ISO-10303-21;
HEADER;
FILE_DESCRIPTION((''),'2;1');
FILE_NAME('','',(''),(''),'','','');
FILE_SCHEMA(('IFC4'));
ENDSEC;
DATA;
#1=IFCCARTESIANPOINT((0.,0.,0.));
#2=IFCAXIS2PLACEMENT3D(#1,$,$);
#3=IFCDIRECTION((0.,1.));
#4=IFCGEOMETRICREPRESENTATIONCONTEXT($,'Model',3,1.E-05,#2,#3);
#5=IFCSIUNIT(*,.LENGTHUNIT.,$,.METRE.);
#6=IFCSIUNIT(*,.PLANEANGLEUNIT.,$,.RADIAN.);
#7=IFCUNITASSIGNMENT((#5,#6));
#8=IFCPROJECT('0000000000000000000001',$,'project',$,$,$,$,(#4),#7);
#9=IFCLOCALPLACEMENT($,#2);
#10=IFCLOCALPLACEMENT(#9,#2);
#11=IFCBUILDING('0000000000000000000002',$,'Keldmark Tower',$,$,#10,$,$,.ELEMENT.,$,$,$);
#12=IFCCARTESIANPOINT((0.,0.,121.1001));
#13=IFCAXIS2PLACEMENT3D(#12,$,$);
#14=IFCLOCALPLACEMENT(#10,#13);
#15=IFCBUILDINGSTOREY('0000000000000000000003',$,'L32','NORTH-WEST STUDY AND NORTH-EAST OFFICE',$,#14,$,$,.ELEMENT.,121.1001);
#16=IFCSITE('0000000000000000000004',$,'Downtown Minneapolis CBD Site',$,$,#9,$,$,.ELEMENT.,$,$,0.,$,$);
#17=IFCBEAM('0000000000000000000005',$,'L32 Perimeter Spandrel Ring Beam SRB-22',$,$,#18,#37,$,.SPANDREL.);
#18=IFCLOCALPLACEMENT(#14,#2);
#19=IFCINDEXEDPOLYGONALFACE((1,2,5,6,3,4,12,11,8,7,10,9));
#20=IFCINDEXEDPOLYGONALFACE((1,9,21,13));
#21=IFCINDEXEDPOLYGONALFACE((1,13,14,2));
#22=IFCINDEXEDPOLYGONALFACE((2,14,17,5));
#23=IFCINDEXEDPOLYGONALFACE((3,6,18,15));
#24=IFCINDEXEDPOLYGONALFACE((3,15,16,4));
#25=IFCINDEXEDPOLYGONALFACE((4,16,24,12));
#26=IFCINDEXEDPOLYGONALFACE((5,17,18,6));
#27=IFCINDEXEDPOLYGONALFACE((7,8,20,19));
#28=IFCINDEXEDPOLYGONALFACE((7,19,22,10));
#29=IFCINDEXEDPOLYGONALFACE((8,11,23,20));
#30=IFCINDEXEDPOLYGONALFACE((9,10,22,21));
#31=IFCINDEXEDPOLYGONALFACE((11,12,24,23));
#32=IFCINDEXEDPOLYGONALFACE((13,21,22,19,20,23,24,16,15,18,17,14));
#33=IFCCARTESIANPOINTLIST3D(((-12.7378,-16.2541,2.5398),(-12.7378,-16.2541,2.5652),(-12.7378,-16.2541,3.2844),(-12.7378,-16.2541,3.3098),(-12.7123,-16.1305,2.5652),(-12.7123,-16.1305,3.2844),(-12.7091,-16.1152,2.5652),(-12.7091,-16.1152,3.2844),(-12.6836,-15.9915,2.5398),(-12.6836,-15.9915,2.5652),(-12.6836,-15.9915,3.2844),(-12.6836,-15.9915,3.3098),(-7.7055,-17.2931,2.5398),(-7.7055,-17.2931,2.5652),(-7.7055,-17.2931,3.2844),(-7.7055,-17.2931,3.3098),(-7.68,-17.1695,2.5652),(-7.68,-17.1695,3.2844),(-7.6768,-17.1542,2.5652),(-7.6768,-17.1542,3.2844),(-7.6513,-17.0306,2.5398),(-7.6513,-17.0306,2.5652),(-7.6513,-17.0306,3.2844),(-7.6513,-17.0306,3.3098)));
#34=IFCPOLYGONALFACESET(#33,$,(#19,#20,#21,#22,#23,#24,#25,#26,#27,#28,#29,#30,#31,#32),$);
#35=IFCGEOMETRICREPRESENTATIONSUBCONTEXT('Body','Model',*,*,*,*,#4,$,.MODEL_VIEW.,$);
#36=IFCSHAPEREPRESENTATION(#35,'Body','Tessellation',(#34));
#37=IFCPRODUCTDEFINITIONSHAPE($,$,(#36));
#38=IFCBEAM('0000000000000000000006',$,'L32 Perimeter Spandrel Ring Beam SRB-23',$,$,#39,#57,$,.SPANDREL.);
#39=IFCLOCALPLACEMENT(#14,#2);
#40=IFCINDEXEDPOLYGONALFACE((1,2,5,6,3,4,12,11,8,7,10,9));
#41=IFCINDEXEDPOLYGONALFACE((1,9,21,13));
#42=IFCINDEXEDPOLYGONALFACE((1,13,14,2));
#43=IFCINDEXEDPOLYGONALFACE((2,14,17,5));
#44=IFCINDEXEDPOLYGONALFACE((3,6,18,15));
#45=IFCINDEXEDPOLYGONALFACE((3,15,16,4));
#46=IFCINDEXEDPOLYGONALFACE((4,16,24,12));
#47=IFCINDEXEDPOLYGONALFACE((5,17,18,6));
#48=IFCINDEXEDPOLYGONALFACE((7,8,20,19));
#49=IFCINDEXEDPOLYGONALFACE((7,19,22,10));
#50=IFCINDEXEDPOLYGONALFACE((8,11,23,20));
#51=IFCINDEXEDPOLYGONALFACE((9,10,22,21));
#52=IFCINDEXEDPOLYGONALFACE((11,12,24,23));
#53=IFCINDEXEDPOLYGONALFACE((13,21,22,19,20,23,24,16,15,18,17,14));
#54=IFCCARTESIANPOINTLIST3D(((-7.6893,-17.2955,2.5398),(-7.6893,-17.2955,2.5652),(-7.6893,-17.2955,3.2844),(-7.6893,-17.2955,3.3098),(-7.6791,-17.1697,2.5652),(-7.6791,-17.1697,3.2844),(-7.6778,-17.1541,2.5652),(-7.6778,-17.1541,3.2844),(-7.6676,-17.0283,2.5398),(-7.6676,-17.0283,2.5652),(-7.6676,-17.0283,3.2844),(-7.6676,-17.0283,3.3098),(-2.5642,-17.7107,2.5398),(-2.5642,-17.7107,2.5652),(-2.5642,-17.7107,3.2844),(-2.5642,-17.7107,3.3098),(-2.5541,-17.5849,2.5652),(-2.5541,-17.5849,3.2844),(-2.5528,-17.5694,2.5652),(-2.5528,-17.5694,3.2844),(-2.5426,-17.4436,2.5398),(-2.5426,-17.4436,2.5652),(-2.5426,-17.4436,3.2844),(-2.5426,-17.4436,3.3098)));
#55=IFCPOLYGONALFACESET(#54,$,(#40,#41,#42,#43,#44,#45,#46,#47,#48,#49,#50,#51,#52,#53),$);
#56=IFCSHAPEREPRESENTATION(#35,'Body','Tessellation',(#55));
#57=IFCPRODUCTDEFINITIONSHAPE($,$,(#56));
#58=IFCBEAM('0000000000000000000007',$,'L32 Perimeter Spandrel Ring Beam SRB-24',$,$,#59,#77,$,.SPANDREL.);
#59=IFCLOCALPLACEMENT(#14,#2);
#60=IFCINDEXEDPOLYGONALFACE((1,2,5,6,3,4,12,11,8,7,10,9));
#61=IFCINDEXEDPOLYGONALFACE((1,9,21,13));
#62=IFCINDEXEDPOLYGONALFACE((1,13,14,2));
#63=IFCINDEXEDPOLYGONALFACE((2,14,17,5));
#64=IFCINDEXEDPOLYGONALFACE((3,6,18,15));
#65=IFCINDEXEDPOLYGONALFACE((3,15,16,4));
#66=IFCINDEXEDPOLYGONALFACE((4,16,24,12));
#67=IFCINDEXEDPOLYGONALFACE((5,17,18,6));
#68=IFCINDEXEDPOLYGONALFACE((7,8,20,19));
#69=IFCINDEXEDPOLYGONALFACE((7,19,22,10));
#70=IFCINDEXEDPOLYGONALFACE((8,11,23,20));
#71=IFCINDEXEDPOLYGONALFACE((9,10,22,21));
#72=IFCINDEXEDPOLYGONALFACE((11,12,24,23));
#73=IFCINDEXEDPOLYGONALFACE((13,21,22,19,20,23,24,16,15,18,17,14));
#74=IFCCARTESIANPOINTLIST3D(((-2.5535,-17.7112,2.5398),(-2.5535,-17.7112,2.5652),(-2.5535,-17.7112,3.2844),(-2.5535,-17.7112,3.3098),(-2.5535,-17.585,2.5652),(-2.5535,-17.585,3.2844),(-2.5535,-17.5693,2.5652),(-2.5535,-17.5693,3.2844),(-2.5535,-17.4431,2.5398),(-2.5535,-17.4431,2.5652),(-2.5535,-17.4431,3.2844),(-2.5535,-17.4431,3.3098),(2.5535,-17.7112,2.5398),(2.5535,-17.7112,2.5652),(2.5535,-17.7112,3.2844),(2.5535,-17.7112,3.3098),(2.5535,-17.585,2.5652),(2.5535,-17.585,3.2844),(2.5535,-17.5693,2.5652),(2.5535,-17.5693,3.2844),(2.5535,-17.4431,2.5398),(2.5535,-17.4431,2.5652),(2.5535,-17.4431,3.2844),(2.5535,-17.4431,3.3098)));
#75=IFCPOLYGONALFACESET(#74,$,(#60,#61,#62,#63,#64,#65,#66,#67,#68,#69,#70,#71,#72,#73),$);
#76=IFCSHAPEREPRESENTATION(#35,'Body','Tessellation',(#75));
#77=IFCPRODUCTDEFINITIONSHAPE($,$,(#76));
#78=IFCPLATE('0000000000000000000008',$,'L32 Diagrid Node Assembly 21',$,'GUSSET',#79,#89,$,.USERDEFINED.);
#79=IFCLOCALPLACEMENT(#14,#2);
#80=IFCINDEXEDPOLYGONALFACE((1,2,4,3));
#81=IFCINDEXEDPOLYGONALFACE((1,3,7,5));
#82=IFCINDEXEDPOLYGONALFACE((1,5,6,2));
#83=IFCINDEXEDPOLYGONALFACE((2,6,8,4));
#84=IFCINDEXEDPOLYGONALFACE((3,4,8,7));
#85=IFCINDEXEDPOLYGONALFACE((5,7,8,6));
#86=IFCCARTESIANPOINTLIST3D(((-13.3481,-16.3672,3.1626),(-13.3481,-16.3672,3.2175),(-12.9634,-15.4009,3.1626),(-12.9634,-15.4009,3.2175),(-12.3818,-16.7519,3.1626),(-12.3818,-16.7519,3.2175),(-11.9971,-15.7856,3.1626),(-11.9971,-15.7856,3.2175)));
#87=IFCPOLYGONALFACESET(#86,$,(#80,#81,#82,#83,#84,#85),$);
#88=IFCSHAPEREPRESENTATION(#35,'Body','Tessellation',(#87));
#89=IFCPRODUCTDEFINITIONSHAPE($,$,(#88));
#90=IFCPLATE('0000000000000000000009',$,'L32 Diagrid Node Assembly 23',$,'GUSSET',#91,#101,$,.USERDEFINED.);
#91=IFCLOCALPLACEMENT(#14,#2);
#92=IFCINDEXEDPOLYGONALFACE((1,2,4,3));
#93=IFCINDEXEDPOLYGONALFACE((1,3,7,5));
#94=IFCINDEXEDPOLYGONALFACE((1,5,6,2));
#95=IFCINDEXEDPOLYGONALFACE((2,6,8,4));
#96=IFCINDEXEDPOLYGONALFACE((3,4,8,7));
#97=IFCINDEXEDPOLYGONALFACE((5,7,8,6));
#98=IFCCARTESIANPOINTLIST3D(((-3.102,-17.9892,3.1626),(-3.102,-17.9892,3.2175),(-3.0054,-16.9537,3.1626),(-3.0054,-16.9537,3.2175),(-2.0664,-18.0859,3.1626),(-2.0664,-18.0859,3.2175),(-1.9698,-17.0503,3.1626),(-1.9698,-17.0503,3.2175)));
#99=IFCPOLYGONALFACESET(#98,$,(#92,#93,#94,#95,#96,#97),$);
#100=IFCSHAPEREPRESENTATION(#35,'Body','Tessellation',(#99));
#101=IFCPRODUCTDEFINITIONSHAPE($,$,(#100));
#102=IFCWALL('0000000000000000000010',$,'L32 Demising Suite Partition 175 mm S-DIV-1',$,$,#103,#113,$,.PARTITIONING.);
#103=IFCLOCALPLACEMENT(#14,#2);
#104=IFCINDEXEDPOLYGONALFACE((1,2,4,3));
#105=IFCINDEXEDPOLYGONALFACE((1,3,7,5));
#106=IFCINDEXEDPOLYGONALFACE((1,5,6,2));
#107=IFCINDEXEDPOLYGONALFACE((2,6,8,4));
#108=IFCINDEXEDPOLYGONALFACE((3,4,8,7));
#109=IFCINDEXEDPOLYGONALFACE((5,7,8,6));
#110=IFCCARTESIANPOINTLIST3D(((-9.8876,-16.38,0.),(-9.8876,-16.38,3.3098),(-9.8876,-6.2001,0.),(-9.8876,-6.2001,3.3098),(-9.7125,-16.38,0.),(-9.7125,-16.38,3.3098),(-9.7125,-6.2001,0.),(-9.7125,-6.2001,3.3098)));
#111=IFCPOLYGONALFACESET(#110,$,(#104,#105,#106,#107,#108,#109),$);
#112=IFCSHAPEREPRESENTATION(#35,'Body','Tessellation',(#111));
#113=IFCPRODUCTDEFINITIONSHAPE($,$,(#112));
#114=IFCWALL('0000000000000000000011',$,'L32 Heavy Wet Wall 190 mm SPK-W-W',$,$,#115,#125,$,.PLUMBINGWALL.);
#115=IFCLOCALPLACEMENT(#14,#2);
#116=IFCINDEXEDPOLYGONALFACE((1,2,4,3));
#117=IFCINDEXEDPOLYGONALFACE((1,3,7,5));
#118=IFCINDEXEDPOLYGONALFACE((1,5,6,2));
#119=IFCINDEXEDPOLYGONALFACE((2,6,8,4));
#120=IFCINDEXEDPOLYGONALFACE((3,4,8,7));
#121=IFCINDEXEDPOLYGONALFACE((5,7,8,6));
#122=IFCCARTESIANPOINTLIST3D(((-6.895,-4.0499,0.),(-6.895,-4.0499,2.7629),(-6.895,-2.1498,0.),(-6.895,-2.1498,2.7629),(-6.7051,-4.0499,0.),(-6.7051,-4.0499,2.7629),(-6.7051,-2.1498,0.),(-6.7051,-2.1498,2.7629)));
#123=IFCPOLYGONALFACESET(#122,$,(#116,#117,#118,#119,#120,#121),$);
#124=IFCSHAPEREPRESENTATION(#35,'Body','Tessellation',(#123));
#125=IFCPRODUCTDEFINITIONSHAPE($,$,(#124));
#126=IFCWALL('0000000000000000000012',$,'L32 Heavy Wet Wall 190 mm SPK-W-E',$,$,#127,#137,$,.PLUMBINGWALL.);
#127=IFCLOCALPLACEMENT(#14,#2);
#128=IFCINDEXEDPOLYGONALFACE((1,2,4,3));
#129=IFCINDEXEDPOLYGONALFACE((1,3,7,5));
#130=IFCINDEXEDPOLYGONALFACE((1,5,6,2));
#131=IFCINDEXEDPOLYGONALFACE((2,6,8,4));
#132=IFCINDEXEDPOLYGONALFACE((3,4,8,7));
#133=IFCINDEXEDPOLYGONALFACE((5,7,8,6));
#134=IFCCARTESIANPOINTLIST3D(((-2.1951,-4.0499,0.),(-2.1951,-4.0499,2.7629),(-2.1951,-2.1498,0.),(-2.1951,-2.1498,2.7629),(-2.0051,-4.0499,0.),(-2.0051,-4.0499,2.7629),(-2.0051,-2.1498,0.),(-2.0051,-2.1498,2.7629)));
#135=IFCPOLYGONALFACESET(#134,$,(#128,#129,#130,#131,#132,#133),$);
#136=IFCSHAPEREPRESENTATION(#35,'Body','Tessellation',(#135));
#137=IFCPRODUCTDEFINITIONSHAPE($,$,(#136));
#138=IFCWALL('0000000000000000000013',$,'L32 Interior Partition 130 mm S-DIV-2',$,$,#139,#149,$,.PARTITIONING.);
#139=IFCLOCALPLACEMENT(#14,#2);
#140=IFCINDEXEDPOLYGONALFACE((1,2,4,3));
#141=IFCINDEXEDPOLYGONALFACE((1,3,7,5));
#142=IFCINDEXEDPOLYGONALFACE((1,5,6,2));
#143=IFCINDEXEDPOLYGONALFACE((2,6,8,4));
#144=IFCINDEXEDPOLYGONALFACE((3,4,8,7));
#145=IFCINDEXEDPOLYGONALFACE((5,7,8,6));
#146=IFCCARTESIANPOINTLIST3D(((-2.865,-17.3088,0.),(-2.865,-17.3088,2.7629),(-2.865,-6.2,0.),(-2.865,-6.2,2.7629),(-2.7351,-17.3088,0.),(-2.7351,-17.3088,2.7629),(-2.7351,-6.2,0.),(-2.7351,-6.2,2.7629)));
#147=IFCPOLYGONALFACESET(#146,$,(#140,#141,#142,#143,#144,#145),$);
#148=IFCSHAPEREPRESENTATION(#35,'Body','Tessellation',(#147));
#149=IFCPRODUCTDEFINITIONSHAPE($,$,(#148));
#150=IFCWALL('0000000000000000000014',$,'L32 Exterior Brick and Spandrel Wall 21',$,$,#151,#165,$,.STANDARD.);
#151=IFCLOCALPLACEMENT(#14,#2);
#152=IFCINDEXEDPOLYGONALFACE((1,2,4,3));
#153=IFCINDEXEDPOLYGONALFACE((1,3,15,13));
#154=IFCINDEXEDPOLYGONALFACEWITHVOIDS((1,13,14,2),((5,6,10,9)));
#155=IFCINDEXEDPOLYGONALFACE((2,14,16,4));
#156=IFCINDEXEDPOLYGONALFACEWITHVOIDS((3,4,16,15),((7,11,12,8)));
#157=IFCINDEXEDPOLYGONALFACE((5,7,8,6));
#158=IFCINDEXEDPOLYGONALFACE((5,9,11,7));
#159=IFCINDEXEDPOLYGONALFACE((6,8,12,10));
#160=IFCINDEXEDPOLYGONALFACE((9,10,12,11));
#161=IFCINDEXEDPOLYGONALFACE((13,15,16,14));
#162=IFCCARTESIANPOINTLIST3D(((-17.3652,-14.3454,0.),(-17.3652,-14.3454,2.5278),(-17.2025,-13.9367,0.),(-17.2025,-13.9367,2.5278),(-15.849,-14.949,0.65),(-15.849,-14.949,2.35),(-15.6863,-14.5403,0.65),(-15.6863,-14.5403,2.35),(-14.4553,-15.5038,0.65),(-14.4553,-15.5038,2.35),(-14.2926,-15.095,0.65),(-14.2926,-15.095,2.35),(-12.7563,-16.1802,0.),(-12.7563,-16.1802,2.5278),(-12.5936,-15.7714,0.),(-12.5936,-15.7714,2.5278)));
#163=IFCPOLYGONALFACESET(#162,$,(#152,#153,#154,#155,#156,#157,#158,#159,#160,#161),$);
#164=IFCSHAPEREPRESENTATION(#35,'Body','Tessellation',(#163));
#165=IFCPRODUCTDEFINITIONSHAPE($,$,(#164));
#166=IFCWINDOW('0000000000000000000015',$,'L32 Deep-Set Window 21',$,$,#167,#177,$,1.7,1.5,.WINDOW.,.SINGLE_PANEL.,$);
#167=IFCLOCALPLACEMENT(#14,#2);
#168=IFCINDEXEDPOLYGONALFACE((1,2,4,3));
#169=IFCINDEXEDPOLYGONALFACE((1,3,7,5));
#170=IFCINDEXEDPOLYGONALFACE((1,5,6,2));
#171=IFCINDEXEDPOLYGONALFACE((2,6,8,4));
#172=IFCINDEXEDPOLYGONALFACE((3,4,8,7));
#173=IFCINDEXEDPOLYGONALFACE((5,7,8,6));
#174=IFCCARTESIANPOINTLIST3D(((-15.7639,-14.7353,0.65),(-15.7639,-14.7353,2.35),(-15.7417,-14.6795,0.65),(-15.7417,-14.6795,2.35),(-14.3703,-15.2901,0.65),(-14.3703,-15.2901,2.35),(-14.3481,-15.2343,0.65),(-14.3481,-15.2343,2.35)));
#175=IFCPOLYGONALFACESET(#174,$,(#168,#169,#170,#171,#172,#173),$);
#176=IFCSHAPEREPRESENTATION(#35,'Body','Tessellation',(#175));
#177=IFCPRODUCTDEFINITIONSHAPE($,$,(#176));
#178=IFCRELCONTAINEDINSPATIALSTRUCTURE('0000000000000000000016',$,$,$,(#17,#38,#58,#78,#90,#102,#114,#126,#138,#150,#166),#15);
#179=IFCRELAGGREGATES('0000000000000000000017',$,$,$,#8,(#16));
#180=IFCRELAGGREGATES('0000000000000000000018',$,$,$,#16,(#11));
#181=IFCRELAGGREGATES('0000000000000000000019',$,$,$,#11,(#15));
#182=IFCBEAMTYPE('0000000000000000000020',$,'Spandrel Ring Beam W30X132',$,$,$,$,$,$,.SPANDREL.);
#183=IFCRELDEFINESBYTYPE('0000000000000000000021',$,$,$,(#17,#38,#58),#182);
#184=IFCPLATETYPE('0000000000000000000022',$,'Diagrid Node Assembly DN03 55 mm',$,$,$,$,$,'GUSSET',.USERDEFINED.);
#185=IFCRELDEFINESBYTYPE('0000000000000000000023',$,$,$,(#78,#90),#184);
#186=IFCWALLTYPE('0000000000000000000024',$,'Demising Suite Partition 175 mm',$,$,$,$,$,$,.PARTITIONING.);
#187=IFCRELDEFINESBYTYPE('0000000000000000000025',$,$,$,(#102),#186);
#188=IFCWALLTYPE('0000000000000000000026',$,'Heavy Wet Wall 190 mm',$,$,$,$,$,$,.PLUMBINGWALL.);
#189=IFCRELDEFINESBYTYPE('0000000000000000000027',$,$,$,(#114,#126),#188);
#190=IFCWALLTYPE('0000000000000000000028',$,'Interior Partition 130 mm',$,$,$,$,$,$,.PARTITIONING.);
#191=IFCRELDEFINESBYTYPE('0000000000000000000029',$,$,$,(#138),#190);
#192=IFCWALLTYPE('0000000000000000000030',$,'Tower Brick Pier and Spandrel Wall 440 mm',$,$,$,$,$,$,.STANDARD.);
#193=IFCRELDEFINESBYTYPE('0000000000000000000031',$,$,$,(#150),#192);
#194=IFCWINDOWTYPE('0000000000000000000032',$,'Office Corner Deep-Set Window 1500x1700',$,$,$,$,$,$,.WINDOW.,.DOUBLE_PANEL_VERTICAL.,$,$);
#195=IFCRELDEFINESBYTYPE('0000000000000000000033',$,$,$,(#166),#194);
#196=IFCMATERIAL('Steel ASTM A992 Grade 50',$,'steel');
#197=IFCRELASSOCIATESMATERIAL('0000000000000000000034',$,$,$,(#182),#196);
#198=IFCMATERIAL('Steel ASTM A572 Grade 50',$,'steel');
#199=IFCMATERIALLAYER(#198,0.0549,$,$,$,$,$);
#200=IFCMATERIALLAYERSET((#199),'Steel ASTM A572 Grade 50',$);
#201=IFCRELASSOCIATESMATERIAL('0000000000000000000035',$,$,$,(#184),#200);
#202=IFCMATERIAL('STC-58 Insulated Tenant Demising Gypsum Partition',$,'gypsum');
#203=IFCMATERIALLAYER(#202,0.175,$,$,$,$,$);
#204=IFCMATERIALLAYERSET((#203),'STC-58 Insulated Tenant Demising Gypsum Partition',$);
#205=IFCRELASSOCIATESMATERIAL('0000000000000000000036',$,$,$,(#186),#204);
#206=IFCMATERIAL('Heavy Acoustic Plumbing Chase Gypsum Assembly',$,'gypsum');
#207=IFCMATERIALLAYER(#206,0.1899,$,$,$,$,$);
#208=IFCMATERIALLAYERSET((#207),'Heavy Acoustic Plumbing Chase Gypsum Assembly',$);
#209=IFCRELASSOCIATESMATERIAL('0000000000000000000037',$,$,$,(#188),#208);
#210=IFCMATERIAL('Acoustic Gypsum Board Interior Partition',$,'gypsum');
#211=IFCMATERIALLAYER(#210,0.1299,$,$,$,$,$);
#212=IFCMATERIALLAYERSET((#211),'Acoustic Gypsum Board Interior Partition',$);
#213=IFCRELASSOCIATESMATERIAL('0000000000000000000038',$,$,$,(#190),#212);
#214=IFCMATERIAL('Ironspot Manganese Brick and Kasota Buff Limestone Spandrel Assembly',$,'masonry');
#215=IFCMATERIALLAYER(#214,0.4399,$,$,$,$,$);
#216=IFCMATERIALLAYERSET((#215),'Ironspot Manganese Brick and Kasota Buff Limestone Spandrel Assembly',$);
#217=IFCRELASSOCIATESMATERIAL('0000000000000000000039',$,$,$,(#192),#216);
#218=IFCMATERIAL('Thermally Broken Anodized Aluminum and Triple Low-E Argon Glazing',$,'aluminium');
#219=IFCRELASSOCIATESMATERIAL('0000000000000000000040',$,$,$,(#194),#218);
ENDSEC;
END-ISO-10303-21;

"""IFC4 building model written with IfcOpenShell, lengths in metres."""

from ifc_helpers import new_model, si_unit, direction, frame, frame_2d, origin, origin_2d, place, context, subcontext, project, spatial, rectangle, i_section, extrude, material, layer, layer_set, material_profile, profile_set, type_object, element, fill, save


model = new_model("IFC4")

# Units and contexts
model_context = context("Model", 3, precision=1e-05, world=origin(), true_north=direction((0.0, 1.0)))
body_context = subcontext(model_context, "Body", "Model", "MODEL_VIEW")
ifc_project = project(units=[si_unit("LENGTHUNIT", "METRE"), si_unit("PLANEANGLEUNIT", "RADIAN")], contexts=[model_context])

# Site, building, storey
site_placement = place(None, origin())
site = spatial("IfcSite", under=ifc_project, at=site_placement, Name="Downtown Minneapolis CBD Site", CompositionType="ELEMENT", RefElevation=0.0)
building_placement = place(site_placement, origin())
building = spatial("IfcBuilding", under=site, at=building_placement, Name="Keldmark Tower", CompositionType="ELEMENT")
storey_placement = place(building_placement, frame((0.0, 0.0, 121.1001)))
storey = spatial("IfcBuildingStorey", under=building, at=storey_placement, Name="L32", Description="NORTH-WEST STUDY AND NORTH-EAST OFFICE", CompositionType="ELEMENT", Elevation=121.1001)

# Beams
ifc_material_1 = material(Name="Steel ASTM A992 Grade 50", Category="steel")
ifc_material_profile_1 = material_profile(ifc_material_1, i_section(OverallWidth=0.2681, OverallDepth=0.77, WebThickness=0.0156, FlangeThickness=0.0254, at=origin_2d()), Name="W30X132")
ifc_profile_set_1 = profile_set([ifc_material_profile_1], Name="Steel ASTM A992 Grade 50")
beam_type_1 = type_object("IfcBeamType", Name="Spandrel Ring Beam W30X132", PredefinedType="SPANDREL", material=ifc_profile_set_1)
beam_1_placement = place(storey_placement, frame((-12.7107, -16.1228, 2.9248), z_axis=(0.979341, -0.202216, 0.0), x_axis=(0.202216, 0.979341, 0.0)))
element("IfcBeam", 1, at=beam_1_placement, inside=storey, type_object=beam_type_1, Name="L32 Perimeter Spandrel Ring Beam SRB-22", PredefinedType="SPANDREL", context=body_context, shape_type="SweptSolid", body=[
    extrude(i_section(OverallWidth=0.2681, OverallDepth=0.77, WebThickness=0.0156, FlangeThickness=0.0254, at=origin_2d()), origin(), (0.0, 0.0, 1.0), 5.1384),
])
beam_2_placement = place(storey_placement, frame((-7.6785, -17.1619, 2.9248), z_axis=(0.996733, -0.080766, 0.0), x_axis=(0.080766, 0.996733, 0.0)))
element("IfcBeam", 2, at=beam_2_placement, inside=storey, type_object=beam_type_1, Name="L32 Perimeter Spandrel Ring Beam SRB-23", PredefinedType="SPANDREL", context=body_context, shape_type="SweptSolid", body=[
    extrude(i_section(OverallWidth=0.2681, OverallDepth=0.77, WebThickness=0.0156, FlangeThickness=0.0254, at=origin_2d()), origin(), (0.0, 0.0, 1.0), 5.1418),
])
beam_3_placement = place(storey_placement, frame((-2.5535, -17.5771, 2.9248), z_axis=(1.0, 0.0, 0.0), x_axis=(0.0, 1.0, 0.0)))
element("IfcBeam", 3, at=beam_3_placement, inside=storey, type_object=beam_type_1, Name="L32 Perimeter Spandrel Ring Beam SRB-24", PredefinedType="SPANDREL", context=body_context, shape_type="SweptSolid", body=[
    extrude(i_section(OverallWidth=0.2681, OverallDepth=0.77, WebThickness=0.0156, FlangeThickness=0.0254, at=origin_2d()), origin(), (0.0, 0.0, 1.0), 5.1069),
])

# Plates
ifc_material_2 = material(Name="Steel ASTM A572 Grade 50", Category="steel")
ifc_layer_1 = layer(ifc_material_2, 0.0549)
ifc_layer_set_1 = layer_set([ifc_layer_1], Name="Steel ASTM A572 Grade 50")
plate_type = type_object("IfcPlateType", Name="Diagrid Node Assembly DN03 55 mm", ElementType="GUSSET", PredefinedType="USERDEFINED", material=ifc_layer_set_1)
for number, where, z_axis, x_axis, name in (
    (4, (-12.6726, -16.0764, 3.1626), (0.0, 0.0, 1.0), (0.929068, -0.369909, 0.0), "L32 Diagrid Node Assembly 21"),
    (5, (-2.5359, -17.5198, 3.1626), (0.0, 0.0, 1.0), (0.995676, -0.092892, 0.0), "L32 Diagrid Node Assembly 23"),
):
    element("IfcPlate", number, at=place(storey_placement, frame(where, z_axis=z_axis, x_axis=x_axis)), inside=storey, type_object=plate_type, Name=name, ObjectType="GUSSET", PredefinedType="USERDEFINED", context=body_context, shape_type="SweptSolid", body=[
        extrude(rectangle(XDim=1.04, YDim=1.04, at=origin_2d()), origin(), (0.0, 0.0, 1.0), 0.0549),
    ])

# Wall
ifc_material_3 = material(Name="STC-58 Insulated Tenant Demising Gypsum Partition", Category="gypsum")
ifc_layer_2 = layer(ifc_material_3, 0.175)
ifc_layer_set_2 = layer_set([ifc_layer_2], Name="STC-58 Insulated Tenant Demising Gypsum Partition")
wall_type_1 = type_object("IfcWallType", Name="Demising Suite Partition 175 mm", PredefinedType="PARTITIONING", material=ifc_layer_set_2)
wall_1_placement = place(storey_placement, frame((-9.8, -16.3799, 0.0), z_axis=(0.0, 0.0, 1.0), x_axis=(0.0, 1.0, 0.0)))
element("IfcWall", 6, at=wall_1_placement, inside=storey, type_object=wall_type_1, Name="L32 Demising Suite Partition 175 mm S-DIV-1", PredefinedType="PARTITIONING", context=body_context, shape_type="SweptSolid", body=[
    extrude(rectangle(XDim=10.1799, YDim=0.175, at=frame_2d((5.0898, 0.0))), origin(), (0.0, 0.0, 1.0), 3.3098),
])

# Shared definitions
ifc_material_4 = material(Name="Heavy Acoustic Plumbing Chase Gypsum Assembly", Category="gypsum")
ifc_layer_3 = layer(ifc_material_4, 0.1899)
ifc_layer_set_3 = layer_set([ifc_layer_3], Name="Heavy Acoustic Plumbing Chase Gypsum Assembly")
wall_type_2 = type_object("IfcWallType", Name="Heavy Wet Wall 190 mm", PredefinedType="PLUMBINGWALL", material=ifc_layer_set_3)

# Walls
for number, where, z_axis, x_axis, name in (
    (7, (-6.8, -4.05, 0.0), (0.0, 0.0, 1.0), (0.0, 1.0, 0.0), "L32 Heavy Wet Wall 190 mm SPK-W-W"),
    (8, (-2.1001, -4.05, 0.0), (0.0, 0.0, 1.0), (0.0, 1.0, 0.0), "L32 Heavy Wet Wall 190 mm SPK-W-E"),
):
    element("IfcWall", number, at=place(storey_placement, frame(where, z_axis=z_axis, x_axis=x_axis)), inside=storey, type_object=wall_type_2, Name=name, PredefinedType="PLUMBINGWALL", context=body_context, shape_type="SweptSolid", body=[
        extrude(rectangle(XDim=1.9001, YDim=0.1899, at=frame_2d((0.9502, 0.0))), origin(), (0.0, 0.0, 1.0), 2.7629),
    ])
ifc_material_5 = material(Name="Acoustic Gypsum Board Interior Partition", Category="gypsum")
ifc_layer_4 = layer(ifc_material_5, 0.1299)
ifc_layer_set_4 = layer_set([ifc_layer_4], Name="Acoustic Gypsum Board Interior Partition")
wall_type_3 = type_object("IfcWallType", Name="Interior Partition 130 mm", PredefinedType="PARTITIONING", material=ifc_layer_set_4)
wall_2_placement = place(storey_placement, frame((-2.8, -17.3088, 0.0), z_axis=(0.0, 0.0, 1.0), x_axis=(0.0, 1.0, 0.0)))
element("IfcWall", 9, at=wall_2_placement, inside=storey, type_object=wall_type_3, Name="L32 Interior Partition 130 mm S-DIV-2", PredefinedType="PARTITIONING", context=body_context, shape_type="SweptSolid", body=[
    extrude(rectangle(XDim=11.1089, YDim=0.1299, at=frame_2d((5.5544, 0.0))), origin(), (0.0, 0.0, 1.0), 2.7629),
])

# Wall, opening, window
ifc_material_6 = material(Name="Ironspot Manganese Brick and Kasota Buff Limestone Spandrel Assembly", Category="masonry")
ifc_layer_5 = layer(ifc_material_6, 0.4399)
ifc_layer_set_5 = layer_set([ifc_layer_5], Name="Ironspot Manganese Brick and Kasota Buff Limestone Spandrel Assembly")
wall_type_4 = type_object("IfcWallType", Name="Tower Brick Pier and Spandrel Wall 440 mm", PredefinedType="STANDARD", material=ifc_layer_set_5)
wall_3_placement = place(storey_placement, frame((-12.6748, -15.9758, 0.0), z_axis=(0.0, 0.0, 1.0), x_axis=(-0.92909, 0.369854, 0.0)))
wall_3 = element("IfcWall", 10, at=wall_3_placement, inside=storey, type_object=wall_type_4, Name="L32 Exterior Brick and Spandrel Wall 21", PredefinedType="STANDARD", context=body_context, shape_type="SweptSolid", body=[
    extrude(rectangle(XDim=4.9607, YDim=0.4399, at=frame_2d((2.4805, 0.0))), origin(), (0.0, 0.0, 1.0), 2.5278),
])
opening_1_placement = place(wall_3_placement, frame((1.8289, 0.0, 0.6499)))
opening_1 = element("IfcOpeningElement", 11, at=opening_1_placement, cuts=wall_3, PredefinedType="OPENING", context=body_context, shape_type="SweptSolid", body=[
    extrude(rectangle(XDim=1.5, YDim=1.7, at=frame_2d((0.75, 0.8501))), frame((0.0, 0.23, 0.0), z_axis=(0.0, -1.0, 0.0), x_axis=(1.0, 0.0, 0.0)), (0.0, 0.0, 1.0), 0.46),
])
ifc_material_7 = material(Name="Thermally Broken Anodized Aluminum and Triple Low-E Argon Glazing", Category="aluminium")
window_type_1 = type_object("IfcWindowType", Name="Office Corner Deep-Set Window 1500x1700", PartitioningType="DOUBLE_PANEL_VERTICAL", PredefinedType="WINDOW", material=ifc_material_7)
window_1_placement = place(opening_1_placement, origin())
window_1 = element("IfcWindow", 12, at=window_1_placement, inside=storey, type_object=window_type_1, Name="L32 Deep-Set Window 21", OverallHeight=1.7, OverallWidth=1.5, PartitioningType="SINGLE_PANEL", PredefinedType="WINDOW", context=body_context, shape_type="SweptSolid", body=[
    extrude(rectangle(XDim=1.5, YDim=1.7, at=frame_2d((0.75, 0.8501))), frame((0.0, -0.01, 0.0), z_axis=(0.0, -1.0, 0.0), x_axis=(1.0, 0.0, 0.0)), (0.0, 0.0, 1.0), 0.0601),
])
fill(opening_1, window_1)

save(model, "model.ifc")
